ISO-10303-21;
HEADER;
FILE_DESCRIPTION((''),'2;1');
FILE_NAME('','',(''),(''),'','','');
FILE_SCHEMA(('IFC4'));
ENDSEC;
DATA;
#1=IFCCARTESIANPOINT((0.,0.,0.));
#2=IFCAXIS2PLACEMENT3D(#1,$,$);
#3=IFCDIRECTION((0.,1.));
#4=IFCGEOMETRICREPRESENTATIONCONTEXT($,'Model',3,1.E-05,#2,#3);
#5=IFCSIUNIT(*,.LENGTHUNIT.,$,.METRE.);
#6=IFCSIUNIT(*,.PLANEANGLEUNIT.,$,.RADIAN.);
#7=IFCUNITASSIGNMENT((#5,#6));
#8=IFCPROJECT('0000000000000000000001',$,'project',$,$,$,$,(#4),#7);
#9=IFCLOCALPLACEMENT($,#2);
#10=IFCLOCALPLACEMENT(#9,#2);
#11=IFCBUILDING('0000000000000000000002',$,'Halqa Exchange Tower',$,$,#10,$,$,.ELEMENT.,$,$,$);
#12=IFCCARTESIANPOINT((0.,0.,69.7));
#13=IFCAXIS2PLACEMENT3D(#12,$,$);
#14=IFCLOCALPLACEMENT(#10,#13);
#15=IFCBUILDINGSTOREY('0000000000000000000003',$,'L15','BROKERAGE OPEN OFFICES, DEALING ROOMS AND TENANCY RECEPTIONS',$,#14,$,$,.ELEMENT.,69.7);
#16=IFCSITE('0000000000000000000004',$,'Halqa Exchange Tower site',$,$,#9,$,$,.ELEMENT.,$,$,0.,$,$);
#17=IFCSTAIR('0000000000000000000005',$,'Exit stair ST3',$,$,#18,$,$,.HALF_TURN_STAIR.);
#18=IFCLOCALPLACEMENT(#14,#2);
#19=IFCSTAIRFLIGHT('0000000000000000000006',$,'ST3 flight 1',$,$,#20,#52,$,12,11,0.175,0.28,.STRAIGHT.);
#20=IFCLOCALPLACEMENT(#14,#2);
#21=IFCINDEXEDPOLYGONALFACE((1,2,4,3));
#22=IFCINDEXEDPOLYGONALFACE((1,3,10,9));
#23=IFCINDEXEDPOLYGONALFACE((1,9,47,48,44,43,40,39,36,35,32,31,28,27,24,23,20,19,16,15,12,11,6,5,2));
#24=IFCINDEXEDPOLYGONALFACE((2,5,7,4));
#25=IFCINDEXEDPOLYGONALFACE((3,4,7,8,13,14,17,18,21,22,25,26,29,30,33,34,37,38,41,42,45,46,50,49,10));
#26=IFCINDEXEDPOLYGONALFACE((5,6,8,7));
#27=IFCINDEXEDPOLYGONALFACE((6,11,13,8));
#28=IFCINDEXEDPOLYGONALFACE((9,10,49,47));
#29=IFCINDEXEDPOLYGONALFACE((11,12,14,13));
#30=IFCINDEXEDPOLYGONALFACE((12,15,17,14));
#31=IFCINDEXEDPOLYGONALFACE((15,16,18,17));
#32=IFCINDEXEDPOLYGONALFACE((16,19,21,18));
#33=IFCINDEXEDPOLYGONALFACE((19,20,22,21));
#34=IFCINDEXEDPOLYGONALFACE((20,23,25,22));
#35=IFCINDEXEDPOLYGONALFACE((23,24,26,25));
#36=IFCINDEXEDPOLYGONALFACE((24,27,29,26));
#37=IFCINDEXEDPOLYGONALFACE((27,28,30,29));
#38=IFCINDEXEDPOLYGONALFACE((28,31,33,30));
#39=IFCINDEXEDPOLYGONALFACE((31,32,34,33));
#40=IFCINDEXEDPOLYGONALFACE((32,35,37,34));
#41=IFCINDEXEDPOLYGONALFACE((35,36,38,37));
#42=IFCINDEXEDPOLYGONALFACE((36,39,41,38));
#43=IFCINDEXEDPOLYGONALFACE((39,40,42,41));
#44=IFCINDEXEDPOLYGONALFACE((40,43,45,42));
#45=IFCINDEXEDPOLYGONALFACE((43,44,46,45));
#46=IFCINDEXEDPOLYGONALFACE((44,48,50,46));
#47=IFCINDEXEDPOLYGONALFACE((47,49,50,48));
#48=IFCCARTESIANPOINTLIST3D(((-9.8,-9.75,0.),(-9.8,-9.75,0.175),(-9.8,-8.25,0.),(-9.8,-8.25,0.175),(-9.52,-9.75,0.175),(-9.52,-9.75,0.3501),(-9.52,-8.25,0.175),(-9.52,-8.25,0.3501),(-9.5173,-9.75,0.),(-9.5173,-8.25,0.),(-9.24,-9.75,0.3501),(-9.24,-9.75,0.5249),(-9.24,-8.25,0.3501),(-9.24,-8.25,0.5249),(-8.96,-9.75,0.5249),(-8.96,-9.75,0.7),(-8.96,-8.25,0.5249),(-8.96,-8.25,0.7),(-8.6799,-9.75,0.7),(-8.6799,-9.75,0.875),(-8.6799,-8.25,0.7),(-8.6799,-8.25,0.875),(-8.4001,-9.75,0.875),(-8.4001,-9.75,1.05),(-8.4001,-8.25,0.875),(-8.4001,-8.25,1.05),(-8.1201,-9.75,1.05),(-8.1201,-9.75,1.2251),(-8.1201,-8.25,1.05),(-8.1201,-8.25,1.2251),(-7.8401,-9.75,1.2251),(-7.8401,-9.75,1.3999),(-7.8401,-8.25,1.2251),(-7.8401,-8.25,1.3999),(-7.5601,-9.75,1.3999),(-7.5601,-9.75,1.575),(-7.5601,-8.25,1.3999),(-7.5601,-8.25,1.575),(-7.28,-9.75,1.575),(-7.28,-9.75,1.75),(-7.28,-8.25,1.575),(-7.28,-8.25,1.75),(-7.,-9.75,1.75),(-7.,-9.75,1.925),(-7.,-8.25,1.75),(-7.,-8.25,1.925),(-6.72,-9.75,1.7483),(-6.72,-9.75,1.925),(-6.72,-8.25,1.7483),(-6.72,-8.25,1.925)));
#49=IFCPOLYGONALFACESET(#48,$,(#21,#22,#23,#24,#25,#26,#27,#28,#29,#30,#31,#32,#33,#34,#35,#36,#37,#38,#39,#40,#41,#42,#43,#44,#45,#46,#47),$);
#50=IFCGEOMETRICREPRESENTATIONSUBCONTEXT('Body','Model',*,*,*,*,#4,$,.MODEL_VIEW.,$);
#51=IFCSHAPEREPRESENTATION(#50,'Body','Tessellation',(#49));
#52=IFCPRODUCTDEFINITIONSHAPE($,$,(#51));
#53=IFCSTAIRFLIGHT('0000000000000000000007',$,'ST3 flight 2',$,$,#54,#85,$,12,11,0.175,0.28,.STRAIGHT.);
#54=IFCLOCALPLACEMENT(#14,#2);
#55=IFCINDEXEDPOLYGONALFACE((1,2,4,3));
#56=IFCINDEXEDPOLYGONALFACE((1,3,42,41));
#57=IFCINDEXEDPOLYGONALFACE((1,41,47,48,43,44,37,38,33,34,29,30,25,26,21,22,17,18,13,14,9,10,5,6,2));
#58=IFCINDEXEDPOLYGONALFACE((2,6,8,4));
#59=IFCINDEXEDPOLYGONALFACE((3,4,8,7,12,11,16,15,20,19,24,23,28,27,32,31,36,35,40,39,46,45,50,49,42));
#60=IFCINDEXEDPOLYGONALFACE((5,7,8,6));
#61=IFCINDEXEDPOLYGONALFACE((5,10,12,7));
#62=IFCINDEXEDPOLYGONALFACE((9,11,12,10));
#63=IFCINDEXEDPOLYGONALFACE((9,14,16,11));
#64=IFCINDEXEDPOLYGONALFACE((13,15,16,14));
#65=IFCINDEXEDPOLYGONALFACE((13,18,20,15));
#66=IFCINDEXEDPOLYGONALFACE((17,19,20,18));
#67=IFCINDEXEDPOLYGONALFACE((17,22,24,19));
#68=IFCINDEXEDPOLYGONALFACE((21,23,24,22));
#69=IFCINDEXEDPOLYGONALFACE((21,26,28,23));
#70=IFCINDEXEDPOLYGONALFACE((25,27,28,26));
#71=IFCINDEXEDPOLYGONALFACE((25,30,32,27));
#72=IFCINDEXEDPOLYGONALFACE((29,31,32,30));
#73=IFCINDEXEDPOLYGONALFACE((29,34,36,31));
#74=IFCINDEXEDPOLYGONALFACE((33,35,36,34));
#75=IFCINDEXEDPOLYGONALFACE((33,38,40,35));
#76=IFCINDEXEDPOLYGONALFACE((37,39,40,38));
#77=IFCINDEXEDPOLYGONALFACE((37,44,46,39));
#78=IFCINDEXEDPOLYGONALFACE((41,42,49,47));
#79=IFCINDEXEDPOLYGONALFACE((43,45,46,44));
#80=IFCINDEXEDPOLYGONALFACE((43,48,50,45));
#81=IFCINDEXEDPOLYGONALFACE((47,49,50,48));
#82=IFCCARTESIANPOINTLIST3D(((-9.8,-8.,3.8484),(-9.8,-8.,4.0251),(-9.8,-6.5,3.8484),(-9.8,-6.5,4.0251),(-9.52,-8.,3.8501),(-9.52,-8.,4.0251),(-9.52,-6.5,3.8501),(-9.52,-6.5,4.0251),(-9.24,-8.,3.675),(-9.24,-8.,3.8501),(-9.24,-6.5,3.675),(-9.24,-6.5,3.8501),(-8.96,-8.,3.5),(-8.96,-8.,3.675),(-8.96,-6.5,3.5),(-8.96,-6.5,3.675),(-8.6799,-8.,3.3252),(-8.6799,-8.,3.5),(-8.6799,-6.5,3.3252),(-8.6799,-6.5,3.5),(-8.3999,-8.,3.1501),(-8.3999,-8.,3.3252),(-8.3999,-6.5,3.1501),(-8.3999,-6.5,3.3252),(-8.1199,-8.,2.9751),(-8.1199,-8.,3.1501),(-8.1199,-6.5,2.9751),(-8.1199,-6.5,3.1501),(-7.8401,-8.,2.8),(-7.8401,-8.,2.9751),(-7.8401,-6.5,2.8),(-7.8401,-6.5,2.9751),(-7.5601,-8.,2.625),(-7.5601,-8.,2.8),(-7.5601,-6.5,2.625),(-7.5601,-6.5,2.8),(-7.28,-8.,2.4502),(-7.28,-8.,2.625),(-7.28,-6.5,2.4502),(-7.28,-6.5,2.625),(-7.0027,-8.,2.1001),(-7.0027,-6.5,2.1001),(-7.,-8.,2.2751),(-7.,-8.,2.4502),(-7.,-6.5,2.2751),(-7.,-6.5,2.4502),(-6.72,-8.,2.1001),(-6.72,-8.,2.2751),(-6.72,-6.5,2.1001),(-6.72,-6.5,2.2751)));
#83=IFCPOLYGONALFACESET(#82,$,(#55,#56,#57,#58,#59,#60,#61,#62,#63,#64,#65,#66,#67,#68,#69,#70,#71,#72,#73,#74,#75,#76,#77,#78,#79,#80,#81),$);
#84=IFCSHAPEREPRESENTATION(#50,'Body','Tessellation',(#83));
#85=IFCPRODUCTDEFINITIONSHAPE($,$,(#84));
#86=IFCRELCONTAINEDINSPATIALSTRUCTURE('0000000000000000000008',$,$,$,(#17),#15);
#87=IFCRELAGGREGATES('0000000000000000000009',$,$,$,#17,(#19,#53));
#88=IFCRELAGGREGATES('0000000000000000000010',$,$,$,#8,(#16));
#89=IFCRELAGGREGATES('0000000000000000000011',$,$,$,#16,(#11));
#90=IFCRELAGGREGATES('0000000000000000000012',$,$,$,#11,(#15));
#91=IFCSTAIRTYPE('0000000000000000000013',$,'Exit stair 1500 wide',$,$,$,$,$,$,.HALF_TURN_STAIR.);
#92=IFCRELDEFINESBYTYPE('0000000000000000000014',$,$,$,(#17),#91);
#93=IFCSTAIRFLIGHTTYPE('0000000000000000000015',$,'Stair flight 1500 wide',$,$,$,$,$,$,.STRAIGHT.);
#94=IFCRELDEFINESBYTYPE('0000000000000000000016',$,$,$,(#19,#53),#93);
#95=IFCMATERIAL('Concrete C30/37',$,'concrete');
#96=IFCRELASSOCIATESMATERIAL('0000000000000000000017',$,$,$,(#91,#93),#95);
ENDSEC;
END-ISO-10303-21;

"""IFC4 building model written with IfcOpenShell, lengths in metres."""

from ifc_helpers import new_model, si_unit, direction, frame, origin, place, context, subcontext, project, spatial, polyline, outline, extrude, material, type_object, element, aggregate, save


model = new_model("IFC4")

# Units and contexts
model_context = context("Model", 3, precision=1e-05, world=origin(), true_north=direction((0.0, 1.0)))
body_context = subcontext(model_context, "Body", "Model", "MODEL_VIEW")
ifc_project = project(units=[si_unit("LENGTHUNIT", "METRE"), si_unit("PLANEANGLEUNIT", "RADIAN")], contexts=[model_context])

# Site, building, storey
site_placement = place(None, origin())
site = spatial("IfcSite", under=ifc_project, at=site_placement, Name="Halqa Exchange Tower site", CompositionType="ELEMENT", RefElevation=0.0)
building_placement = place(site_placement, origin())
building = spatial("IfcBuilding", under=site, at=building_placement, Name="Halqa Exchange Tower", CompositionType="ELEMENT")
storey_placement = place(building_placement, frame((0.0, 0.0, 69.7)))
storey = spatial("IfcBuildingStorey", under=building, at=storey_placement, Name="L15", Description="BROKERAGE OPEN OFFICES, DEALING ROOMS AND TENANCY RECEPTIONS", CompositionType="ELEMENT", Elevation=69.7)

# Shared definitions
ifc_material_1 = material(Name="Concrete C30/37", Category="concrete")

# Stair, stair flights
stair_type = type_object("IfcStairType", Name="Exit stair 1500 wide", PredefinedType="HALF_TURN_STAIR", material=ifc_material_1)
stair_placement = place(storey_placement, origin())
stair = element("IfcStair", 1, at=stair_placement, inside=storey, type_object=stair_type, Name="Exit stair ST3", PredefinedType="HALF_TURN_STAIR")
stair_flight_type = type_object("IfcStairFlightType", Name="Stair flight 1500 wide", PredefinedType="STRAIGHT", material=ifc_material_1)
stair_flight_1_placement = place(storey_placement, frame((-9.8, -9.0, 0.0), z_axis=(0.0, 0.0, 1.0), x_axis=(1.0, 0.0, 0.0)))
stair_flight_1 = element("IfcStairFlight", 2, at=stair_flight_1_placement, type_object=stair_flight_type, Name="ST3 flight 1", NumberOfRisers=12, NumberOfTreads=11, PredefinedType="STRAIGHT", RiserHeight=0.175, TreadLength=0.28, context=body_context, shape_type="SweptSolid", body=[
    extrude(outline(polyline([(0.0, 0.0), (0.0, 0.175), (0.28, 0.175), (0.28, 0.3501), (0.5601, 0.3501), (0.5601, 0.5249), (0.8401, 0.5249), (0.8401, 0.7), (1.1201, 0.7), (1.1201, 0.875), (1.3999, 0.875), (1.3999, 1.05), (1.6799, 1.05), (1.6799, 1.2251), (1.96, 1.2251), (1.96, 1.3999), (2.24, 1.3999), (2.24, 1.575), (2.52, 1.575), (2.52, 1.75), (2.8, 1.75), (2.8, 1.925), (3.0801, 1.925), (3.0801, 2.1001), (3.0801, 1.7483), (0.2827, 0.0), (0.0, 0.0)])), frame((0.0, 0.75, 0.0), z_axis=(0.0, -1.0, 0.0), x_axis=(1.0, 0.0, 0.0)), (0.0, 0.0, 1.0), 1.5),
])
stair_flight_2_placement = place(storey_placement, frame((-6.72, -7.25, 2.1001), z_axis=(0.0, 0.0, 1.0), x_axis=(-1.0, 0.0, 0.0)))
stair_flight_2 = element("IfcStairFlight", 3, at=stair_flight_2_placement, type_object=stair_flight_type, Name="ST3 flight 2", NumberOfRisers=12, NumberOfTreads=11, PredefinedType="STRAIGHT", RiserHeight=0.175, TreadLength=0.28, context=body_context, shape_type="SweptSolid", body=[
    extrude(outline(polyline([(0.0, 0.0), (0.0, 0.175), (0.28, 0.175), (0.28, 0.3501), (0.5601, 0.3501), (0.5601, 0.5249), (0.8401, 0.5249), (0.8401, 0.7), (1.1201, 0.7), (1.1201, 0.875), (1.3999, 0.875), (1.3999, 1.05), (1.6799, 1.05), (1.6799, 1.2251), (1.96, 1.2251), (1.96, 1.3999), (2.24, 1.3999), (2.24, 1.575), (2.52, 1.575), (2.52, 1.75), (2.8, 1.75), (2.8, 1.925), (3.0801, 1.925), (3.0801, 2.1001), (3.0801, 1.7483), (0.2827, 0.0), (0.0, 0.0)])), frame((0.0, 0.75, 0.0), z_axis=(0.0, -1.0, 0.0), x_axis=(1.0, 0.0, 0.0)), (0.0, 0.0, 1.0), 1.5),
])
aggregate(stair, [stair_flight_1, stair_flight_2])

save(model, "model.ifc")
